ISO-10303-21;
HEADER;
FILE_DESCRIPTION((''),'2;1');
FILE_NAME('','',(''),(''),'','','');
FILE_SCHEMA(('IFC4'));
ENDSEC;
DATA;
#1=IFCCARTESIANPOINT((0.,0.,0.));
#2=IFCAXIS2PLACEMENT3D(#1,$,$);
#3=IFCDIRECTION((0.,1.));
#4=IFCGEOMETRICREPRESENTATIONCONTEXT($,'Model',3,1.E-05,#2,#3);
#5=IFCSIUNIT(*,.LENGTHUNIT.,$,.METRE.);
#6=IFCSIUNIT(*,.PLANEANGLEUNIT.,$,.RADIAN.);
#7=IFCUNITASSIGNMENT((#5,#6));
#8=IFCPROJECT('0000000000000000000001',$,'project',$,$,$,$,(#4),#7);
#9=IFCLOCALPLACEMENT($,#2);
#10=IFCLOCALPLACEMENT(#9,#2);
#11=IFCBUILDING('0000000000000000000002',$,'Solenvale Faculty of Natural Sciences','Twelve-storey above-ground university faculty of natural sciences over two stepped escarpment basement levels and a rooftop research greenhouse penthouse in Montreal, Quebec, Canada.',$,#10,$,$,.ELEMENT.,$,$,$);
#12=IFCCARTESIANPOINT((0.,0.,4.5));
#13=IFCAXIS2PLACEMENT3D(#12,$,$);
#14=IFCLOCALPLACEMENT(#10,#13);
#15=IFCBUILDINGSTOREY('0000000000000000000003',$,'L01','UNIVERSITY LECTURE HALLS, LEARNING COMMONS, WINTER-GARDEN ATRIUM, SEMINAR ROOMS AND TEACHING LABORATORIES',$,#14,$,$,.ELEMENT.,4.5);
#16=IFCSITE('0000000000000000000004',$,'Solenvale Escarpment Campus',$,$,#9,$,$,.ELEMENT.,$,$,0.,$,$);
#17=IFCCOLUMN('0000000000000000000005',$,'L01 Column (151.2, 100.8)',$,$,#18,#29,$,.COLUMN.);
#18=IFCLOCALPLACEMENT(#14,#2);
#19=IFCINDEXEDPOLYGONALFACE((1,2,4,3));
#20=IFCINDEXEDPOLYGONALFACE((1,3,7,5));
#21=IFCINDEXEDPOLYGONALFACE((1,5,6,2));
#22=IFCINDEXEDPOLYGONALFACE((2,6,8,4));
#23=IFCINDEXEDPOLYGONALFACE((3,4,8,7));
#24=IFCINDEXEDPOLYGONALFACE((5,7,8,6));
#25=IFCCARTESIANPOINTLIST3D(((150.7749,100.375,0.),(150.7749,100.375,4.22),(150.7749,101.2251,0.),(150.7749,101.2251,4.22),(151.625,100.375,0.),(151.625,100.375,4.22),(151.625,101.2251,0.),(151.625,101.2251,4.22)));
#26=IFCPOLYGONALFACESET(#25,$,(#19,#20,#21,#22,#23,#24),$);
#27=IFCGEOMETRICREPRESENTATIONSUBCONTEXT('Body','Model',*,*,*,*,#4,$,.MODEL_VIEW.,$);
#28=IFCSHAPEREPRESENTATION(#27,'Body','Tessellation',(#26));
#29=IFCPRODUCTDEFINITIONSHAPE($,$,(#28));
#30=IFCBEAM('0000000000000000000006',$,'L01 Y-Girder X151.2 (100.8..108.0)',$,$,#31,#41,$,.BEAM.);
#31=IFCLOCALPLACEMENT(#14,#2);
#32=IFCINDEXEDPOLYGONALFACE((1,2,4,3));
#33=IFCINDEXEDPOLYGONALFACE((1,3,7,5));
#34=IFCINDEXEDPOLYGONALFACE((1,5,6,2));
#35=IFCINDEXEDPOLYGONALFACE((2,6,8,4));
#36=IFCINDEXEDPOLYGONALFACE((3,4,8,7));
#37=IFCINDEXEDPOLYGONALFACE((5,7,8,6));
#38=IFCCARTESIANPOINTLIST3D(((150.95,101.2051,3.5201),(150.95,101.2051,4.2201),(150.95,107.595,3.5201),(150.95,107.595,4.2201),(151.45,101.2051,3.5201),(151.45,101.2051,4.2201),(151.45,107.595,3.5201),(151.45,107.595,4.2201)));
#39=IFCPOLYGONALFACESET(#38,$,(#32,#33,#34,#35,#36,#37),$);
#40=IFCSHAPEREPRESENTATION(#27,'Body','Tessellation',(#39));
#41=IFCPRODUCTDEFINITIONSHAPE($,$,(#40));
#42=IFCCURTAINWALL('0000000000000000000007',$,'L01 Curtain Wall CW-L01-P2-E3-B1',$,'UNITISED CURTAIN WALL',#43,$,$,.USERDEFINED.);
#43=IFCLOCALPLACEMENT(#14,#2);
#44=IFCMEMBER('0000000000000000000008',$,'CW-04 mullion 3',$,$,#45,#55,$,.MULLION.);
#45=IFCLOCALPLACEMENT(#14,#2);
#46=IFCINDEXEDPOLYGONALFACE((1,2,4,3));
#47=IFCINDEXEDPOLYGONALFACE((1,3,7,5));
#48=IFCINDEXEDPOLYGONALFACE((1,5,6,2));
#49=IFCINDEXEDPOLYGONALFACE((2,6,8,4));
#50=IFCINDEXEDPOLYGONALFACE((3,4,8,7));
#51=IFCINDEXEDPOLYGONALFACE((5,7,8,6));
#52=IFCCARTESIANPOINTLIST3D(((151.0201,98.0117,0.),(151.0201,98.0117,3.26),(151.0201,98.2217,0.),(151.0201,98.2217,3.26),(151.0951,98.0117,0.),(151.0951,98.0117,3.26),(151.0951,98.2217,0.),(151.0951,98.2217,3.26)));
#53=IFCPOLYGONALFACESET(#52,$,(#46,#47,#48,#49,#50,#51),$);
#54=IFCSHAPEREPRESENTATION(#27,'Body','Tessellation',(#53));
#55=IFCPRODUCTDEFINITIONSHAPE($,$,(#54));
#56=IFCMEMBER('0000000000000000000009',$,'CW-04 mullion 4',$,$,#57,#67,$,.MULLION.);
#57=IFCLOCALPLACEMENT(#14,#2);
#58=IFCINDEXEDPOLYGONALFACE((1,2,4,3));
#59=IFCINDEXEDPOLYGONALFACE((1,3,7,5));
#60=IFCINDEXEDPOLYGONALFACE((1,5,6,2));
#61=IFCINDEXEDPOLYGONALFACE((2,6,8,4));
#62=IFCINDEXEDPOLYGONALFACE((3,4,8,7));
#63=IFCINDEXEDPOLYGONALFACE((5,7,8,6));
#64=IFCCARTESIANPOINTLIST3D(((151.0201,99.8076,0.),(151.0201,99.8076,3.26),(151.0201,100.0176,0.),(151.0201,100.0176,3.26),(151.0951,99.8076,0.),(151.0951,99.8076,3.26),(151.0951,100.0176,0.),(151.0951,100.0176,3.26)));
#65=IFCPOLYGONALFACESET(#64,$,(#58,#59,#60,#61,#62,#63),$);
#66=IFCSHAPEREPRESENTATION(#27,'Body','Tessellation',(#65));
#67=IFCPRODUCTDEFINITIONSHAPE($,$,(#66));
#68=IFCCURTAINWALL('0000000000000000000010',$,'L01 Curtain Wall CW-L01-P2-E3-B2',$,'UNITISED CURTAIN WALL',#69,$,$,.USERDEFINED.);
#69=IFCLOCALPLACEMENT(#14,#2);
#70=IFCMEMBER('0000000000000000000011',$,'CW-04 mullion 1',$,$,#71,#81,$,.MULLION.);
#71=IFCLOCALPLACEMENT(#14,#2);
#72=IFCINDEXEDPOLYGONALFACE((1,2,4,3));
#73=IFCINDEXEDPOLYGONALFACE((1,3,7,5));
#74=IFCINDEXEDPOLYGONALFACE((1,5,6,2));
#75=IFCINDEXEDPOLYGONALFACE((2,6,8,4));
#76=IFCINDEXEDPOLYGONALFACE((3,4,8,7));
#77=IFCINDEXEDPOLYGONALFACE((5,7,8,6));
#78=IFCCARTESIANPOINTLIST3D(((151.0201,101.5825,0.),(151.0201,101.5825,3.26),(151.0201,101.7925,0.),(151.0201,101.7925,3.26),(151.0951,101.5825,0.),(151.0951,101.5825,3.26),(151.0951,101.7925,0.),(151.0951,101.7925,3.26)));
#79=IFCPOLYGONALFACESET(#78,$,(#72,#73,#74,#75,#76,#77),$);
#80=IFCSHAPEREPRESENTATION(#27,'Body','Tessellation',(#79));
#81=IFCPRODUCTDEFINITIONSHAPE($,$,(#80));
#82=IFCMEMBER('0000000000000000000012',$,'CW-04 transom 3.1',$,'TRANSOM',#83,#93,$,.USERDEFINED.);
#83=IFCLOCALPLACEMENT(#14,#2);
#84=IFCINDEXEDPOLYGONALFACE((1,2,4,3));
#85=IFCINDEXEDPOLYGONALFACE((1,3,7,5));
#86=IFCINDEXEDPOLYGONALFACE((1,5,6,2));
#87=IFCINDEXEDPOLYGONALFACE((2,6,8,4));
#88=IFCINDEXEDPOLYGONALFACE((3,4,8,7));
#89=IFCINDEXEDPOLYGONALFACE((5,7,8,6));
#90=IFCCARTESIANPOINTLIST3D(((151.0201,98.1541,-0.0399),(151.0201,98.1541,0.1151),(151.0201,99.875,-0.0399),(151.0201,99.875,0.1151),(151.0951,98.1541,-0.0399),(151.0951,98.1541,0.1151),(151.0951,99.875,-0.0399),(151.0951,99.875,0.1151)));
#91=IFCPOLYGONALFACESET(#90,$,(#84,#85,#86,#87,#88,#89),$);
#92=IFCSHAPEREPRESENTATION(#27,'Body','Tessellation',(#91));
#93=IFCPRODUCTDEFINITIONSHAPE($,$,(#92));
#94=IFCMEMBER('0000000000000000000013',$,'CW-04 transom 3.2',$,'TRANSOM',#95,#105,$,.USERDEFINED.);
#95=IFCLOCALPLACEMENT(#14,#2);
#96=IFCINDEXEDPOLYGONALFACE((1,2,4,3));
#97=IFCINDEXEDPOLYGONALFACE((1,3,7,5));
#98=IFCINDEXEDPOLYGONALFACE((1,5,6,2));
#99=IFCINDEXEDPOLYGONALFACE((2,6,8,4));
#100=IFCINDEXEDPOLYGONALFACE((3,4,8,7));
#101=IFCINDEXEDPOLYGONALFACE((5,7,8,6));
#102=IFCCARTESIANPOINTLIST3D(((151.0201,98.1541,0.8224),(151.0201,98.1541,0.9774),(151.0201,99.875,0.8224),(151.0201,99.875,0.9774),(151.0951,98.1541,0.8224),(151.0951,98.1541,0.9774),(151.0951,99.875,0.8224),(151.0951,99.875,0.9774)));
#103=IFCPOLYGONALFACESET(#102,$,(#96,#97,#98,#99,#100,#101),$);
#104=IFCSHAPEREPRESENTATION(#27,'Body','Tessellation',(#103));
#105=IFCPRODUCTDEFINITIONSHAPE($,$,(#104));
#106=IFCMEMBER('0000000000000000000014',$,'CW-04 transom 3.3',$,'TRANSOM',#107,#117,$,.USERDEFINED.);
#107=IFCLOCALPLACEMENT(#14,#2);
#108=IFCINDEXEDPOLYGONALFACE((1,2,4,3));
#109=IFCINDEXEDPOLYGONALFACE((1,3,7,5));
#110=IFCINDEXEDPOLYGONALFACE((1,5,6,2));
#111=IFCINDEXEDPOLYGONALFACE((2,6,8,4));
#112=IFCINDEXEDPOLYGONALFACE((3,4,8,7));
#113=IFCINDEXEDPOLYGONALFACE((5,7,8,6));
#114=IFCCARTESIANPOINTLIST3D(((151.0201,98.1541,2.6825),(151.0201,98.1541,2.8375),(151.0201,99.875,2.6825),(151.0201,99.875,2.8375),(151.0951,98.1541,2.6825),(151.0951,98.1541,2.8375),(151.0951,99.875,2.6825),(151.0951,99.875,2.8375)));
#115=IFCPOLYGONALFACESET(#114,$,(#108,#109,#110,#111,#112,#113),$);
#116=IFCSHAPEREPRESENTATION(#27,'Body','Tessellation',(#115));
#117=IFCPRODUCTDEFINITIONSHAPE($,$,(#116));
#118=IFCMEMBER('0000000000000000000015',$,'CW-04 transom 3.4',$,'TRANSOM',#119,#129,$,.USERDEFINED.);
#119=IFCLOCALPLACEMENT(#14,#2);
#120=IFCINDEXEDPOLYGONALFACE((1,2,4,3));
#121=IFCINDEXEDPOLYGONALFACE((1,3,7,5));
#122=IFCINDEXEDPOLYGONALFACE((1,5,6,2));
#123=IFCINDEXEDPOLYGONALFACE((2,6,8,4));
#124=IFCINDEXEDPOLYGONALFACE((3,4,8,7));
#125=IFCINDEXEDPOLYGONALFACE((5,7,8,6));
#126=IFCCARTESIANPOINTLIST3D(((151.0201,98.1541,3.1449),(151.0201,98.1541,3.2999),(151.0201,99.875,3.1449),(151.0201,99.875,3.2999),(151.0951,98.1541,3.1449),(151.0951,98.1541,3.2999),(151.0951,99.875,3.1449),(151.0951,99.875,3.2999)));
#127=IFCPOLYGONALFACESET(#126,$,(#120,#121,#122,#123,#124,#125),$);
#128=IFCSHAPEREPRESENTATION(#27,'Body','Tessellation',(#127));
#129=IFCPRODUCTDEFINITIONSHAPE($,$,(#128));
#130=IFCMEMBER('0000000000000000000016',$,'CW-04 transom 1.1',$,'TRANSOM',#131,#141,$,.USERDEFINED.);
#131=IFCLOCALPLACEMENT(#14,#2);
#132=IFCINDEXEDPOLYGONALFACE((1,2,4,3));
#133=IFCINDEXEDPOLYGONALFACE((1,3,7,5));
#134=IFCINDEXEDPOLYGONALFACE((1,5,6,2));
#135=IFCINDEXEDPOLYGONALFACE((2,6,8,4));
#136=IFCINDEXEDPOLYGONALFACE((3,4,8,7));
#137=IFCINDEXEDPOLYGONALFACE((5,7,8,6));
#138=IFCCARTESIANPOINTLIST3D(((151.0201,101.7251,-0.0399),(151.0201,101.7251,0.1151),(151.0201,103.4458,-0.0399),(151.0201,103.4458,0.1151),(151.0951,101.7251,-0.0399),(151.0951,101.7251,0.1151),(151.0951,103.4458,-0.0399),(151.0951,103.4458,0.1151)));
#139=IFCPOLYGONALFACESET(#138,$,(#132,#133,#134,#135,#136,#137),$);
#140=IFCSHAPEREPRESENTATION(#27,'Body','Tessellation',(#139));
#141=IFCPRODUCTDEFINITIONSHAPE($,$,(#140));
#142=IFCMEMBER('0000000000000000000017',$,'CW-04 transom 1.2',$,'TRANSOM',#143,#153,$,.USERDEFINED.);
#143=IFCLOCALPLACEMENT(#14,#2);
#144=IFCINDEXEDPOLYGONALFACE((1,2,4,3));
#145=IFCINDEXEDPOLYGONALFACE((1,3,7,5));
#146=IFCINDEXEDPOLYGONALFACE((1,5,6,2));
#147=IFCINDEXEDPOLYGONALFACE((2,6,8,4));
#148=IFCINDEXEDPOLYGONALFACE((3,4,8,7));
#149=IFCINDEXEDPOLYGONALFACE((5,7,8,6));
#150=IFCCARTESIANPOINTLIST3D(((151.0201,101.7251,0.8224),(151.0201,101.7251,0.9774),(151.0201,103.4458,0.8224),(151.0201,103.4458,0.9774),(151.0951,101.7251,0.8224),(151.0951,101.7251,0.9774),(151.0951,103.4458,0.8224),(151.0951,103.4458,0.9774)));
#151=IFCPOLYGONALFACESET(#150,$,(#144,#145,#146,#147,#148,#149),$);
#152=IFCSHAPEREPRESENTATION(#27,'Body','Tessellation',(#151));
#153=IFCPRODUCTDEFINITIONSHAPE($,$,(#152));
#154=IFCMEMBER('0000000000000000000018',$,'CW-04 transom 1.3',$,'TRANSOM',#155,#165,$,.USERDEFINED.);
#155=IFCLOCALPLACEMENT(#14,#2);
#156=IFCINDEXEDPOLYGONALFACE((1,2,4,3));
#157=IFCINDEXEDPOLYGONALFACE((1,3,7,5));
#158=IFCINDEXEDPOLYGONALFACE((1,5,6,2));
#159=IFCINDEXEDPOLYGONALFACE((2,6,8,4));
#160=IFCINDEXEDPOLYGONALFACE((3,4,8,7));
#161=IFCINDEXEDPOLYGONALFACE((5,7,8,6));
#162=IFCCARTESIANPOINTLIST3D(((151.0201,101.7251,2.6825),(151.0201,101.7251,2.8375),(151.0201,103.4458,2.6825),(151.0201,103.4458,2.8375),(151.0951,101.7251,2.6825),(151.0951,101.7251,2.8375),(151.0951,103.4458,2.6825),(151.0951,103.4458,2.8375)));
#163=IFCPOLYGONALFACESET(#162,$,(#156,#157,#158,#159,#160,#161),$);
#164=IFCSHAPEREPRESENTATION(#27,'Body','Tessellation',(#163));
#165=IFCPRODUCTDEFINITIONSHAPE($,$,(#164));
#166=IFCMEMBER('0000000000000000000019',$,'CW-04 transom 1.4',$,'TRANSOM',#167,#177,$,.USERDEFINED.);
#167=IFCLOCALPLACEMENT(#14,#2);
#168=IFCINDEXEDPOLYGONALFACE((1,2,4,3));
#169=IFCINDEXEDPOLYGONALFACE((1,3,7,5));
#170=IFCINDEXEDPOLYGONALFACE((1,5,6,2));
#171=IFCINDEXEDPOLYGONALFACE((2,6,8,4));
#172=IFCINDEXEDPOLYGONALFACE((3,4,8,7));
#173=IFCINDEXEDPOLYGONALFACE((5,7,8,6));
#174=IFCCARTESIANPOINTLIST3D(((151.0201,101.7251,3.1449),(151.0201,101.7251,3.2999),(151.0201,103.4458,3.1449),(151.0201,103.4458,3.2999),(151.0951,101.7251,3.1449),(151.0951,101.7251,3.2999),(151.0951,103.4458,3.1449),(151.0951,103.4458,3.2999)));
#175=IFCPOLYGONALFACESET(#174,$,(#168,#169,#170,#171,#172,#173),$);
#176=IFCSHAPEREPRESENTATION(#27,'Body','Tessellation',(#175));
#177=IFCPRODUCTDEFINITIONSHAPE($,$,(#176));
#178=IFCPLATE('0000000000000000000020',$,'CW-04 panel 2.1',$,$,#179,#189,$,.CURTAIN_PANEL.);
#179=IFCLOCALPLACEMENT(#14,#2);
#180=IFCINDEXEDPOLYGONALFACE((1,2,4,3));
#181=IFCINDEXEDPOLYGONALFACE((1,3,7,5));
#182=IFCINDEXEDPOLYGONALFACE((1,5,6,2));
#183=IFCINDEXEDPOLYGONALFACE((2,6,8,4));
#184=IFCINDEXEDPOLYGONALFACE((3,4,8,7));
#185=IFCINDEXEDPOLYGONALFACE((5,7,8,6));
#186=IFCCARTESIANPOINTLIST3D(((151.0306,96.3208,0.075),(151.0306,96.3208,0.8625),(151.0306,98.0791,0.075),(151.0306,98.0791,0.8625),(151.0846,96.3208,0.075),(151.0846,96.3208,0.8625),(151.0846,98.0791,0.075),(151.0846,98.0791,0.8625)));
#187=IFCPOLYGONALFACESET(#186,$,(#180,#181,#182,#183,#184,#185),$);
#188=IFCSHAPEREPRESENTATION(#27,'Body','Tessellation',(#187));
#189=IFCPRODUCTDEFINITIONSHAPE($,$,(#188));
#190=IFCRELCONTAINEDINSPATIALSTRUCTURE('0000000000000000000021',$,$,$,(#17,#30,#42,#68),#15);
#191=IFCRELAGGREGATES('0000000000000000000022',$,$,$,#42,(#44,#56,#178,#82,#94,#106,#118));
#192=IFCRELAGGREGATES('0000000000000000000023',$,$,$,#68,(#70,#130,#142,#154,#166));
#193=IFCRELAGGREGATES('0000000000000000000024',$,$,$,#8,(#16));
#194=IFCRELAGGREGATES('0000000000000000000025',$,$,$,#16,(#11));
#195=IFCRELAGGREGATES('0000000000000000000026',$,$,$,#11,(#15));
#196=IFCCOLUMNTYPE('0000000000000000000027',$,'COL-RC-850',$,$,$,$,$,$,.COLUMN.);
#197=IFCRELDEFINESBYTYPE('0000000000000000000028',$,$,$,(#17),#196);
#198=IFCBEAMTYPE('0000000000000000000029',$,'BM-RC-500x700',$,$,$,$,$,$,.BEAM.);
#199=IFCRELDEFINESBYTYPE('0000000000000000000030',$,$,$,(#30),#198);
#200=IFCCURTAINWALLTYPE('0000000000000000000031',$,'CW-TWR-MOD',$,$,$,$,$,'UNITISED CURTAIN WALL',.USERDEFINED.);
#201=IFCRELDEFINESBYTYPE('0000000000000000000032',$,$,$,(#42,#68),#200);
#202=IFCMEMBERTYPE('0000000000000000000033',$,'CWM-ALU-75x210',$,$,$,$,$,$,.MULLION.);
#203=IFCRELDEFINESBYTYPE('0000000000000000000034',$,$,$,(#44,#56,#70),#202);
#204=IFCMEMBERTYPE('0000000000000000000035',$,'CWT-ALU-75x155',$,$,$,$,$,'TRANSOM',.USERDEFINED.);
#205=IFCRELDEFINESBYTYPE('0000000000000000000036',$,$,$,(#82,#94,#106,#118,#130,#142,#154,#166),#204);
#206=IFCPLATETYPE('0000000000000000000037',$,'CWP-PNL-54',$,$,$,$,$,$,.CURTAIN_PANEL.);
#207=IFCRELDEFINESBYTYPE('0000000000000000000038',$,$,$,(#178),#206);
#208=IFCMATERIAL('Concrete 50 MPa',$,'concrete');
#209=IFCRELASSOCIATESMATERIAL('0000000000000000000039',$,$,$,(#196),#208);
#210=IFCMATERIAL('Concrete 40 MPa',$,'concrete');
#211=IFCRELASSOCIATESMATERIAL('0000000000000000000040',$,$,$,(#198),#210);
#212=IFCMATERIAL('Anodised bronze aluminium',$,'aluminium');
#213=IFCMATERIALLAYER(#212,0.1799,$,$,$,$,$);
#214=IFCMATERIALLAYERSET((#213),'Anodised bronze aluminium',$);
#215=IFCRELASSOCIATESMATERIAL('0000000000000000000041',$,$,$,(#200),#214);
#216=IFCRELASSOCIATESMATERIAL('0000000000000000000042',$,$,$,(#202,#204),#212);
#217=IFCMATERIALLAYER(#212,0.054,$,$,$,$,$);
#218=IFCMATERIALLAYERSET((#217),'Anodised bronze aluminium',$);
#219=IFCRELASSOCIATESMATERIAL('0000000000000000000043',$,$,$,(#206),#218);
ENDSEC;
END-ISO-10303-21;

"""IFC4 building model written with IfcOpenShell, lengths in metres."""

from ifc_helpers import new_model, si_unit, direction, frame, origin, origin_2d, place, context, subcontext, project, spatial, rectangle, extrude, material, layer, layer_set, material_profile, profile_set, type_object, element, aggregate, save


model = new_model("IFC4")

# Units and contexts
model_context = context("Model", 3, precision=1e-05, world=origin(), true_north=direction((0.0, 1.0)))
body_context = subcontext(model_context, "Body", "Model", "MODEL_VIEW")
ifc_project = project(units=[si_unit("LENGTHUNIT", "METRE"), si_unit("PLANEANGLEUNIT", "RADIAN")], contexts=[model_context])

# Site, building, storey
site_placement = place(None, origin())
site = spatial("IfcSite", under=ifc_project, at=site_placement, Name="Solenvale Escarpment Campus", CompositionType="ELEMENT", RefElevation=0.0)
building_placement = place(site_placement, origin())
building = spatial("IfcBuilding", under=site, at=building_placement, Name="Solenvale Faculty of Natural Sciences", Description="Twelve-storey above-ground university faculty of natural sciences over two stepped escarpment basement levels and a rooftop research greenhouse penthouse in Montreal, Quebec, Canada.", CompositionType="ELEMENT")
storey_placement = place(building_placement, frame((0.0, 0.0, 4.5)))
storey = spatial("IfcBuildingStorey", under=building, at=storey_placement, Name="L01", Description="UNIVERSITY LECTURE HALLS, LEARNING COMMONS, WINTER-GARDEN ATRIUM, SEMINAR ROOMS AND TEACHING LABORATORIES", CompositionType="ELEMENT", Elevation=4.5)

# Column
ifc_material_1 = material(Name="Concrete 50 MPa", Category="concrete")
ifc_material_profile_1 = material_profile(ifc_material_1, rectangle(XDim=0.8501, YDim=0.8501, at=origin_2d()), Name="RC-COL-850x850")
ifc_profile_set_1 = profile_set([ifc_material_profile_1], Name="Concrete 50 MPa")
column_type = type_object("IfcColumnType", Name="COL-RC-850", PredefinedType="COLUMN", material=ifc_profile_set_1)
column_placement = place(storey_placement, frame((151.2, 100.8, 0.0), z_axis=(0.0, 0.0, 1.0), x_axis=(1.0, 0.0, 0.0)))
element("IfcColumn", 1, at=column_placement, inside=storey, type_object=column_type, Name="L01 Column (151.2, 100.8)", PredefinedType="COLUMN", context=body_context, shape_type="SweptSolid", body=[
    extrude(rectangle(XDim=0.8501, YDim=0.8501, at=origin_2d()), origin(), (0.0, 0.0, 1.0), 4.22),
])

# Beam
ifc_material_2 = material(Name="Concrete 40 MPa", Category="concrete")
ifc_material_profile_2 = material_profile(ifc_material_2, rectangle(XDim=0.5, YDim=0.7, at=origin_2d()), Name="RC-BM-500x700")
ifc_profile_set_2 = profile_set([ifc_material_profile_2], Name="Concrete 40 MPa")
beam_type = type_object("IfcBeamType", Name="BM-RC-500x700", PredefinedType="BEAM", material=ifc_profile_set_2)
beam_placement = place(storey_placement, frame((151.2, 101.2051, 3.8701), z_axis=(0.0, 1.0, 0.0), x_axis=(-1.0, 0.0, 0.0)))
element("IfcBeam", 2, at=beam_placement, inside=storey, type_object=beam_type, Name="L01 Y-Girder X151.2 (100.8..108.0)", PredefinedType="BEAM", context=body_context, shape_type="SweptSolid", body=[
    extrude(rectangle(XDim=0.5, YDim=0.7, at=origin_2d()), origin(), (0.0, 0.0, 1.0), 6.3899),
])

# Curtain wall, members
ifc_material_3 = material(Name="Anodised bronze aluminium", Category="aluminium")
ifc_layer_1 = layer(ifc_material_3, 0.1799)
ifc_layer_set_1 = layer_set([ifc_layer_1], Name="Anodised bronze aluminium")
curtain_wall_type = type_object("IfcCurtainWallType", Name="CW-TWR-MOD", ElementType="UNITISED CURTAIN WALL", PredefinedType="USERDEFINED", material=ifc_layer_set_1)
curtain_wall_1_placement = place(storey_placement, origin())
curtain_wall_1 = element("IfcCurtainWall", 3, at=curtain_wall_1_placement, inside=storey, type_object=curtain_wall_type, Name="L01 Curtain Wall CW-L01-P2-E3-B1", ObjectType="UNITISED CURTAIN WALL", PredefinedType="USERDEFINED")
ifc_material_profile_3 = material_profile(ifc_material_3, rectangle(XDim=0.075, YDim=0.21, at=origin_2d()), Name="ALU-MUL-75x210")
ifc_profile_set_3 = profile_set([ifc_material_profile_3], Name="Anodised bronze aluminium")
member_type_1 = type_object("IfcMemberType", Name="CWM-ALU-75x210", PredefinedType="MULLION", material=ifc_profile_set_3)
member_1_placement = place(storey_placement, frame((151.0576, 98.1167, 0.0), z_axis=(0.0, 0.0, 1.0), x_axis=(-1.0, 0.0, 0.0)))
member_1 = element("IfcMember", 4, at=member_1_placement, type_object=member_type_1, Name="CW-04 mullion 3", PredefinedType="MULLION", context=body_context, shape_type="SweptSolid", body=[
    extrude(rectangle(XDim=0.075, YDim=0.21, at=origin_2d()), origin(), (0.0, 0.0, 1.0), 3.26),
])
member_2_placement = place(storey_placement, frame((151.0576, 99.9126, 0.0), z_axis=(0.0, 0.0, 1.0), x_axis=(-1.0, 0.0, 0.0)))
member_2 = element("IfcMember", 5, at=member_2_placement, type_object=member_type_1, Name="CW-04 mullion 4", PredefinedType="MULLION", context=body_context, shape_type="SweptSolid", body=[
    extrude(rectangle(XDim=0.075, YDim=0.21, at=origin_2d()), origin(), (0.0, 0.0, 1.0), 3.26),
])

# Curtain wall, member
curtain_wall_2_placement = place(storey_placement, origin())
curtain_wall_2 = element("IfcCurtainWall", 6, at=curtain_wall_2_placement, inside=storey, type_object=curtain_wall_type, Name="L01 Curtain Wall CW-L01-P2-E3-B2", ObjectType="UNITISED CURTAIN WALL", PredefinedType="USERDEFINED")
member_3_placement = place(storey_placement, frame((151.0576, 101.6875, 0.0), z_axis=(0.0, 0.0, 1.0), x_axis=(-1.0, 0.0, 0.0)))
member_3 = element("IfcMember", 7, at=member_3_placement, type_object=member_type_1, Name="CW-04 mullion 1", PredefinedType="MULLION", context=body_context, shape_type="SweptSolid", body=[
    extrude(rectangle(XDim=0.075, YDim=0.21, at=origin_2d()), origin(), (0.0, 0.0, 1.0), 3.26),
])

# Members
ifc_material_profile_4 = material_profile(ifc_material_3, rectangle(XDim=0.075, YDim=0.155, at=origin_2d()), Name="ALU-TRN-75x155")
ifc_profile_set_4 = profile_set([ifc_material_profile_4], Name="Anodised bronze aluminium")
member_type_2 = type_object("IfcMemberType", Name="CWT-ALU-75x155", ElementType="TRANSOM", PredefinedType="USERDEFINED", material=ifc_profile_set_4)
member_4_placement = place(storey_placement, frame((151.0576, 98.1541, 0.0376), z_axis=(0.0, 1.0, 0.0), x_axis=(-1.0, 0.0, 0.0)))
member_4 = element("IfcMember", 8, at=member_4_placement, type_object=member_type_2, Name="CW-04 transom 3.1", ObjectType="TRANSOM", PredefinedType="USERDEFINED", context=body_context, shape_type="SweptSolid", body=[
    extrude(rectangle(XDim=0.075, YDim=0.155, at=origin_2d()), origin(), (0.0, 0.0, 1.0), 1.7209),
])
member_5_placement = place(storey_placement, frame((151.0576, 98.1541, 0.8999), z_axis=(0.0, 1.0, 0.0), x_axis=(-1.0, 0.0, 0.0)))
member_5 = element("IfcMember", 9, at=member_5_placement, type_object=member_type_2, Name="CW-04 transom 3.2", ObjectType="TRANSOM", PredefinedType="USERDEFINED", context=body_context, shape_type="SweptSolid", body=[
    extrude(rectangle(XDim=0.075, YDim=0.155, at=origin_2d()), origin(), (0.0, 0.0, 1.0), 1.7209),
])
member_6_placement = place(storey_placement, frame((151.0576, 98.1541, 2.76), z_axis=(0.0, 1.0, 0.0), x_axis=(-1.0, 0.0, 0.0)))
member_6 = element("IfcMember", 10, at=member_6_placement, type_object=member_type_2, Name="CW-04 transom 3.3", ObjectType="TRANSOM", PredefinedType="USERDEFINED", context=body_context, shape_type="SweptSolid", body=[
    extrude(rectangle(XDim=0.075, YDim=0.155, at=origin_2d()), origin(), (0.0, 0.0, 1.0), 1.7209),
])
member_7_placement = place(storey_placement, frame((151.0576, 98.1541, 3.2224), z_axis=(0.0, 1.0, 0.0), x_axis=(-1.0, 0.0, 0.0)))
member_7 = element("IfcMember", 11, at=member_7_placement, type_object=member_type_2, Name="CW-04 transom 3.4", ObjectType="TRANSOM", PredefinedType="USERDEFINED", context=body_context, shape_type="SweptSolid", body=[
    extrude(rectangle(XDim=0.075, YDim=0.155, at=origin_2d()), origin(), (0.0, 0.0, 1.0), 1.7209),
])
member_8_placement = place(storey_placement, frame((151.0576, 101.7251, 0.0376), z_axis=(0.0, 1.0, 0.0), x_axis=(-1.0, 0.0, 0.0)))
member_8 = element("IfcMember", 12, at=member_8_placement, type_object=member_type_2, Name="CW-04 transom 1.1", ObjectType="TRANSOM", PredefinedType="USERDEFINED", context=body_context, shape_type="SweptSolid", body=[
    extrude(rectangle(XDim=0.075, YDim=0.155, at=origin_2d()), origin(), (0.0, 0.0, 1.0), 1.7207),
])
member_9_placement = place(storey_placement, frame((151.0576, 101.7251, 0.8999), z_axis=(0.0, 1.0, 0.0), x_axis=(-1.0, 0.0, 0.0)))
member_9 = element("IfcMember", 13, at=member_9_placement, type_object=member_type_2, Name="CW-04 transom 1.2", ObjectType="TRANSOM", PredefinedType="USERDEFINED", context=body_context, shape_type="SweptSolid", body=[
    extrude(rectangle(XDim=0.075, YDim=0.155, at=origin_2d()), origin(), (0.0, 0.0, 1.0), 1.7207),
])
member_10_placement = place(storey_placement, frame((151.0576, 101.7251, 2.76), z_axis=(0.0, 1.0, 0.0), x_axis=(-1.0, 0.0, 0.0)))
member_10 = element("IfcMember", 14, at=member_10_placement, type_object=member_type_2, Name="CW-04 transom 1.3", ObjectType="TRANSOM", PredefinedType="USERDEFINED", context=body_context, shape_type="SweptSolid", body=[
    extrude(rectangle(XDim=0.075, YDim=0.155, at=origin_2d()), origin(), (0.0, 0.0, 1.0), 1.7207),
])
member_11_placement = place(storey_placement, frame((151.0576, 101.7251, 3.2224), z_axis=(0.0, 1.0, 0.0), x_axis=(-1.0, 0.0, 0.0)))
member_11 = element("IfcMember", 15, at=member_11_placement, type_object=member_type_2, Name="CW-04 transom 1.4", ObjectType="TRANSOM", PredefinedType="USERDEFINED", context=body_context, shape_type="SweptSolid", body=[
    extrude(rectangle(XDim=0.075, YDim=0.155, at=origin_2d()), origin(), (0.0, 0.0, 1.0), 1.7207),
])

# Plate
ifc_layer_2 = layer(ifc_material_3, 0.054)
ifc_layer_set_2 = layer_set([ifc_layer_2], Name="Anodised bronze aluminium")
plate_type_1 = type_object("IfcPlateType", Name="CWP-PNL-54", PredefinedType="CURTAIN_PANEL", material=ifc_layer_set_2)
plate_1_placement = place(storey_placement, frame((151.0576, 97.2, 0.075), z_axis=(0.0, 0.0, 1.0), x_axis=(0.0, 1.0, 0.0)))
plate_1 = element("IfcPlate", 16, at=plate_1_placement, type_object=plate_type_1, Name="CW-04 panel 2.1", PredefinedType="CURTAIN_PANEL", context=body_context, shape_type="SweptSolid", body=[
    extrude(rectangle(XDim=1.7583, YDim=0.054, at=origin_2d()), origin(), (0.0, 0.0, 1.0), 0.7876),
])
aggregate(curtain_wall_1, [member_1, member_2, plate_1, member_4, member_5, member_6, member_7])
aggregate(curtain_wall_2, [member_3, member_8, member_9, member_10, member_11])

save(model, "model.ifc")
